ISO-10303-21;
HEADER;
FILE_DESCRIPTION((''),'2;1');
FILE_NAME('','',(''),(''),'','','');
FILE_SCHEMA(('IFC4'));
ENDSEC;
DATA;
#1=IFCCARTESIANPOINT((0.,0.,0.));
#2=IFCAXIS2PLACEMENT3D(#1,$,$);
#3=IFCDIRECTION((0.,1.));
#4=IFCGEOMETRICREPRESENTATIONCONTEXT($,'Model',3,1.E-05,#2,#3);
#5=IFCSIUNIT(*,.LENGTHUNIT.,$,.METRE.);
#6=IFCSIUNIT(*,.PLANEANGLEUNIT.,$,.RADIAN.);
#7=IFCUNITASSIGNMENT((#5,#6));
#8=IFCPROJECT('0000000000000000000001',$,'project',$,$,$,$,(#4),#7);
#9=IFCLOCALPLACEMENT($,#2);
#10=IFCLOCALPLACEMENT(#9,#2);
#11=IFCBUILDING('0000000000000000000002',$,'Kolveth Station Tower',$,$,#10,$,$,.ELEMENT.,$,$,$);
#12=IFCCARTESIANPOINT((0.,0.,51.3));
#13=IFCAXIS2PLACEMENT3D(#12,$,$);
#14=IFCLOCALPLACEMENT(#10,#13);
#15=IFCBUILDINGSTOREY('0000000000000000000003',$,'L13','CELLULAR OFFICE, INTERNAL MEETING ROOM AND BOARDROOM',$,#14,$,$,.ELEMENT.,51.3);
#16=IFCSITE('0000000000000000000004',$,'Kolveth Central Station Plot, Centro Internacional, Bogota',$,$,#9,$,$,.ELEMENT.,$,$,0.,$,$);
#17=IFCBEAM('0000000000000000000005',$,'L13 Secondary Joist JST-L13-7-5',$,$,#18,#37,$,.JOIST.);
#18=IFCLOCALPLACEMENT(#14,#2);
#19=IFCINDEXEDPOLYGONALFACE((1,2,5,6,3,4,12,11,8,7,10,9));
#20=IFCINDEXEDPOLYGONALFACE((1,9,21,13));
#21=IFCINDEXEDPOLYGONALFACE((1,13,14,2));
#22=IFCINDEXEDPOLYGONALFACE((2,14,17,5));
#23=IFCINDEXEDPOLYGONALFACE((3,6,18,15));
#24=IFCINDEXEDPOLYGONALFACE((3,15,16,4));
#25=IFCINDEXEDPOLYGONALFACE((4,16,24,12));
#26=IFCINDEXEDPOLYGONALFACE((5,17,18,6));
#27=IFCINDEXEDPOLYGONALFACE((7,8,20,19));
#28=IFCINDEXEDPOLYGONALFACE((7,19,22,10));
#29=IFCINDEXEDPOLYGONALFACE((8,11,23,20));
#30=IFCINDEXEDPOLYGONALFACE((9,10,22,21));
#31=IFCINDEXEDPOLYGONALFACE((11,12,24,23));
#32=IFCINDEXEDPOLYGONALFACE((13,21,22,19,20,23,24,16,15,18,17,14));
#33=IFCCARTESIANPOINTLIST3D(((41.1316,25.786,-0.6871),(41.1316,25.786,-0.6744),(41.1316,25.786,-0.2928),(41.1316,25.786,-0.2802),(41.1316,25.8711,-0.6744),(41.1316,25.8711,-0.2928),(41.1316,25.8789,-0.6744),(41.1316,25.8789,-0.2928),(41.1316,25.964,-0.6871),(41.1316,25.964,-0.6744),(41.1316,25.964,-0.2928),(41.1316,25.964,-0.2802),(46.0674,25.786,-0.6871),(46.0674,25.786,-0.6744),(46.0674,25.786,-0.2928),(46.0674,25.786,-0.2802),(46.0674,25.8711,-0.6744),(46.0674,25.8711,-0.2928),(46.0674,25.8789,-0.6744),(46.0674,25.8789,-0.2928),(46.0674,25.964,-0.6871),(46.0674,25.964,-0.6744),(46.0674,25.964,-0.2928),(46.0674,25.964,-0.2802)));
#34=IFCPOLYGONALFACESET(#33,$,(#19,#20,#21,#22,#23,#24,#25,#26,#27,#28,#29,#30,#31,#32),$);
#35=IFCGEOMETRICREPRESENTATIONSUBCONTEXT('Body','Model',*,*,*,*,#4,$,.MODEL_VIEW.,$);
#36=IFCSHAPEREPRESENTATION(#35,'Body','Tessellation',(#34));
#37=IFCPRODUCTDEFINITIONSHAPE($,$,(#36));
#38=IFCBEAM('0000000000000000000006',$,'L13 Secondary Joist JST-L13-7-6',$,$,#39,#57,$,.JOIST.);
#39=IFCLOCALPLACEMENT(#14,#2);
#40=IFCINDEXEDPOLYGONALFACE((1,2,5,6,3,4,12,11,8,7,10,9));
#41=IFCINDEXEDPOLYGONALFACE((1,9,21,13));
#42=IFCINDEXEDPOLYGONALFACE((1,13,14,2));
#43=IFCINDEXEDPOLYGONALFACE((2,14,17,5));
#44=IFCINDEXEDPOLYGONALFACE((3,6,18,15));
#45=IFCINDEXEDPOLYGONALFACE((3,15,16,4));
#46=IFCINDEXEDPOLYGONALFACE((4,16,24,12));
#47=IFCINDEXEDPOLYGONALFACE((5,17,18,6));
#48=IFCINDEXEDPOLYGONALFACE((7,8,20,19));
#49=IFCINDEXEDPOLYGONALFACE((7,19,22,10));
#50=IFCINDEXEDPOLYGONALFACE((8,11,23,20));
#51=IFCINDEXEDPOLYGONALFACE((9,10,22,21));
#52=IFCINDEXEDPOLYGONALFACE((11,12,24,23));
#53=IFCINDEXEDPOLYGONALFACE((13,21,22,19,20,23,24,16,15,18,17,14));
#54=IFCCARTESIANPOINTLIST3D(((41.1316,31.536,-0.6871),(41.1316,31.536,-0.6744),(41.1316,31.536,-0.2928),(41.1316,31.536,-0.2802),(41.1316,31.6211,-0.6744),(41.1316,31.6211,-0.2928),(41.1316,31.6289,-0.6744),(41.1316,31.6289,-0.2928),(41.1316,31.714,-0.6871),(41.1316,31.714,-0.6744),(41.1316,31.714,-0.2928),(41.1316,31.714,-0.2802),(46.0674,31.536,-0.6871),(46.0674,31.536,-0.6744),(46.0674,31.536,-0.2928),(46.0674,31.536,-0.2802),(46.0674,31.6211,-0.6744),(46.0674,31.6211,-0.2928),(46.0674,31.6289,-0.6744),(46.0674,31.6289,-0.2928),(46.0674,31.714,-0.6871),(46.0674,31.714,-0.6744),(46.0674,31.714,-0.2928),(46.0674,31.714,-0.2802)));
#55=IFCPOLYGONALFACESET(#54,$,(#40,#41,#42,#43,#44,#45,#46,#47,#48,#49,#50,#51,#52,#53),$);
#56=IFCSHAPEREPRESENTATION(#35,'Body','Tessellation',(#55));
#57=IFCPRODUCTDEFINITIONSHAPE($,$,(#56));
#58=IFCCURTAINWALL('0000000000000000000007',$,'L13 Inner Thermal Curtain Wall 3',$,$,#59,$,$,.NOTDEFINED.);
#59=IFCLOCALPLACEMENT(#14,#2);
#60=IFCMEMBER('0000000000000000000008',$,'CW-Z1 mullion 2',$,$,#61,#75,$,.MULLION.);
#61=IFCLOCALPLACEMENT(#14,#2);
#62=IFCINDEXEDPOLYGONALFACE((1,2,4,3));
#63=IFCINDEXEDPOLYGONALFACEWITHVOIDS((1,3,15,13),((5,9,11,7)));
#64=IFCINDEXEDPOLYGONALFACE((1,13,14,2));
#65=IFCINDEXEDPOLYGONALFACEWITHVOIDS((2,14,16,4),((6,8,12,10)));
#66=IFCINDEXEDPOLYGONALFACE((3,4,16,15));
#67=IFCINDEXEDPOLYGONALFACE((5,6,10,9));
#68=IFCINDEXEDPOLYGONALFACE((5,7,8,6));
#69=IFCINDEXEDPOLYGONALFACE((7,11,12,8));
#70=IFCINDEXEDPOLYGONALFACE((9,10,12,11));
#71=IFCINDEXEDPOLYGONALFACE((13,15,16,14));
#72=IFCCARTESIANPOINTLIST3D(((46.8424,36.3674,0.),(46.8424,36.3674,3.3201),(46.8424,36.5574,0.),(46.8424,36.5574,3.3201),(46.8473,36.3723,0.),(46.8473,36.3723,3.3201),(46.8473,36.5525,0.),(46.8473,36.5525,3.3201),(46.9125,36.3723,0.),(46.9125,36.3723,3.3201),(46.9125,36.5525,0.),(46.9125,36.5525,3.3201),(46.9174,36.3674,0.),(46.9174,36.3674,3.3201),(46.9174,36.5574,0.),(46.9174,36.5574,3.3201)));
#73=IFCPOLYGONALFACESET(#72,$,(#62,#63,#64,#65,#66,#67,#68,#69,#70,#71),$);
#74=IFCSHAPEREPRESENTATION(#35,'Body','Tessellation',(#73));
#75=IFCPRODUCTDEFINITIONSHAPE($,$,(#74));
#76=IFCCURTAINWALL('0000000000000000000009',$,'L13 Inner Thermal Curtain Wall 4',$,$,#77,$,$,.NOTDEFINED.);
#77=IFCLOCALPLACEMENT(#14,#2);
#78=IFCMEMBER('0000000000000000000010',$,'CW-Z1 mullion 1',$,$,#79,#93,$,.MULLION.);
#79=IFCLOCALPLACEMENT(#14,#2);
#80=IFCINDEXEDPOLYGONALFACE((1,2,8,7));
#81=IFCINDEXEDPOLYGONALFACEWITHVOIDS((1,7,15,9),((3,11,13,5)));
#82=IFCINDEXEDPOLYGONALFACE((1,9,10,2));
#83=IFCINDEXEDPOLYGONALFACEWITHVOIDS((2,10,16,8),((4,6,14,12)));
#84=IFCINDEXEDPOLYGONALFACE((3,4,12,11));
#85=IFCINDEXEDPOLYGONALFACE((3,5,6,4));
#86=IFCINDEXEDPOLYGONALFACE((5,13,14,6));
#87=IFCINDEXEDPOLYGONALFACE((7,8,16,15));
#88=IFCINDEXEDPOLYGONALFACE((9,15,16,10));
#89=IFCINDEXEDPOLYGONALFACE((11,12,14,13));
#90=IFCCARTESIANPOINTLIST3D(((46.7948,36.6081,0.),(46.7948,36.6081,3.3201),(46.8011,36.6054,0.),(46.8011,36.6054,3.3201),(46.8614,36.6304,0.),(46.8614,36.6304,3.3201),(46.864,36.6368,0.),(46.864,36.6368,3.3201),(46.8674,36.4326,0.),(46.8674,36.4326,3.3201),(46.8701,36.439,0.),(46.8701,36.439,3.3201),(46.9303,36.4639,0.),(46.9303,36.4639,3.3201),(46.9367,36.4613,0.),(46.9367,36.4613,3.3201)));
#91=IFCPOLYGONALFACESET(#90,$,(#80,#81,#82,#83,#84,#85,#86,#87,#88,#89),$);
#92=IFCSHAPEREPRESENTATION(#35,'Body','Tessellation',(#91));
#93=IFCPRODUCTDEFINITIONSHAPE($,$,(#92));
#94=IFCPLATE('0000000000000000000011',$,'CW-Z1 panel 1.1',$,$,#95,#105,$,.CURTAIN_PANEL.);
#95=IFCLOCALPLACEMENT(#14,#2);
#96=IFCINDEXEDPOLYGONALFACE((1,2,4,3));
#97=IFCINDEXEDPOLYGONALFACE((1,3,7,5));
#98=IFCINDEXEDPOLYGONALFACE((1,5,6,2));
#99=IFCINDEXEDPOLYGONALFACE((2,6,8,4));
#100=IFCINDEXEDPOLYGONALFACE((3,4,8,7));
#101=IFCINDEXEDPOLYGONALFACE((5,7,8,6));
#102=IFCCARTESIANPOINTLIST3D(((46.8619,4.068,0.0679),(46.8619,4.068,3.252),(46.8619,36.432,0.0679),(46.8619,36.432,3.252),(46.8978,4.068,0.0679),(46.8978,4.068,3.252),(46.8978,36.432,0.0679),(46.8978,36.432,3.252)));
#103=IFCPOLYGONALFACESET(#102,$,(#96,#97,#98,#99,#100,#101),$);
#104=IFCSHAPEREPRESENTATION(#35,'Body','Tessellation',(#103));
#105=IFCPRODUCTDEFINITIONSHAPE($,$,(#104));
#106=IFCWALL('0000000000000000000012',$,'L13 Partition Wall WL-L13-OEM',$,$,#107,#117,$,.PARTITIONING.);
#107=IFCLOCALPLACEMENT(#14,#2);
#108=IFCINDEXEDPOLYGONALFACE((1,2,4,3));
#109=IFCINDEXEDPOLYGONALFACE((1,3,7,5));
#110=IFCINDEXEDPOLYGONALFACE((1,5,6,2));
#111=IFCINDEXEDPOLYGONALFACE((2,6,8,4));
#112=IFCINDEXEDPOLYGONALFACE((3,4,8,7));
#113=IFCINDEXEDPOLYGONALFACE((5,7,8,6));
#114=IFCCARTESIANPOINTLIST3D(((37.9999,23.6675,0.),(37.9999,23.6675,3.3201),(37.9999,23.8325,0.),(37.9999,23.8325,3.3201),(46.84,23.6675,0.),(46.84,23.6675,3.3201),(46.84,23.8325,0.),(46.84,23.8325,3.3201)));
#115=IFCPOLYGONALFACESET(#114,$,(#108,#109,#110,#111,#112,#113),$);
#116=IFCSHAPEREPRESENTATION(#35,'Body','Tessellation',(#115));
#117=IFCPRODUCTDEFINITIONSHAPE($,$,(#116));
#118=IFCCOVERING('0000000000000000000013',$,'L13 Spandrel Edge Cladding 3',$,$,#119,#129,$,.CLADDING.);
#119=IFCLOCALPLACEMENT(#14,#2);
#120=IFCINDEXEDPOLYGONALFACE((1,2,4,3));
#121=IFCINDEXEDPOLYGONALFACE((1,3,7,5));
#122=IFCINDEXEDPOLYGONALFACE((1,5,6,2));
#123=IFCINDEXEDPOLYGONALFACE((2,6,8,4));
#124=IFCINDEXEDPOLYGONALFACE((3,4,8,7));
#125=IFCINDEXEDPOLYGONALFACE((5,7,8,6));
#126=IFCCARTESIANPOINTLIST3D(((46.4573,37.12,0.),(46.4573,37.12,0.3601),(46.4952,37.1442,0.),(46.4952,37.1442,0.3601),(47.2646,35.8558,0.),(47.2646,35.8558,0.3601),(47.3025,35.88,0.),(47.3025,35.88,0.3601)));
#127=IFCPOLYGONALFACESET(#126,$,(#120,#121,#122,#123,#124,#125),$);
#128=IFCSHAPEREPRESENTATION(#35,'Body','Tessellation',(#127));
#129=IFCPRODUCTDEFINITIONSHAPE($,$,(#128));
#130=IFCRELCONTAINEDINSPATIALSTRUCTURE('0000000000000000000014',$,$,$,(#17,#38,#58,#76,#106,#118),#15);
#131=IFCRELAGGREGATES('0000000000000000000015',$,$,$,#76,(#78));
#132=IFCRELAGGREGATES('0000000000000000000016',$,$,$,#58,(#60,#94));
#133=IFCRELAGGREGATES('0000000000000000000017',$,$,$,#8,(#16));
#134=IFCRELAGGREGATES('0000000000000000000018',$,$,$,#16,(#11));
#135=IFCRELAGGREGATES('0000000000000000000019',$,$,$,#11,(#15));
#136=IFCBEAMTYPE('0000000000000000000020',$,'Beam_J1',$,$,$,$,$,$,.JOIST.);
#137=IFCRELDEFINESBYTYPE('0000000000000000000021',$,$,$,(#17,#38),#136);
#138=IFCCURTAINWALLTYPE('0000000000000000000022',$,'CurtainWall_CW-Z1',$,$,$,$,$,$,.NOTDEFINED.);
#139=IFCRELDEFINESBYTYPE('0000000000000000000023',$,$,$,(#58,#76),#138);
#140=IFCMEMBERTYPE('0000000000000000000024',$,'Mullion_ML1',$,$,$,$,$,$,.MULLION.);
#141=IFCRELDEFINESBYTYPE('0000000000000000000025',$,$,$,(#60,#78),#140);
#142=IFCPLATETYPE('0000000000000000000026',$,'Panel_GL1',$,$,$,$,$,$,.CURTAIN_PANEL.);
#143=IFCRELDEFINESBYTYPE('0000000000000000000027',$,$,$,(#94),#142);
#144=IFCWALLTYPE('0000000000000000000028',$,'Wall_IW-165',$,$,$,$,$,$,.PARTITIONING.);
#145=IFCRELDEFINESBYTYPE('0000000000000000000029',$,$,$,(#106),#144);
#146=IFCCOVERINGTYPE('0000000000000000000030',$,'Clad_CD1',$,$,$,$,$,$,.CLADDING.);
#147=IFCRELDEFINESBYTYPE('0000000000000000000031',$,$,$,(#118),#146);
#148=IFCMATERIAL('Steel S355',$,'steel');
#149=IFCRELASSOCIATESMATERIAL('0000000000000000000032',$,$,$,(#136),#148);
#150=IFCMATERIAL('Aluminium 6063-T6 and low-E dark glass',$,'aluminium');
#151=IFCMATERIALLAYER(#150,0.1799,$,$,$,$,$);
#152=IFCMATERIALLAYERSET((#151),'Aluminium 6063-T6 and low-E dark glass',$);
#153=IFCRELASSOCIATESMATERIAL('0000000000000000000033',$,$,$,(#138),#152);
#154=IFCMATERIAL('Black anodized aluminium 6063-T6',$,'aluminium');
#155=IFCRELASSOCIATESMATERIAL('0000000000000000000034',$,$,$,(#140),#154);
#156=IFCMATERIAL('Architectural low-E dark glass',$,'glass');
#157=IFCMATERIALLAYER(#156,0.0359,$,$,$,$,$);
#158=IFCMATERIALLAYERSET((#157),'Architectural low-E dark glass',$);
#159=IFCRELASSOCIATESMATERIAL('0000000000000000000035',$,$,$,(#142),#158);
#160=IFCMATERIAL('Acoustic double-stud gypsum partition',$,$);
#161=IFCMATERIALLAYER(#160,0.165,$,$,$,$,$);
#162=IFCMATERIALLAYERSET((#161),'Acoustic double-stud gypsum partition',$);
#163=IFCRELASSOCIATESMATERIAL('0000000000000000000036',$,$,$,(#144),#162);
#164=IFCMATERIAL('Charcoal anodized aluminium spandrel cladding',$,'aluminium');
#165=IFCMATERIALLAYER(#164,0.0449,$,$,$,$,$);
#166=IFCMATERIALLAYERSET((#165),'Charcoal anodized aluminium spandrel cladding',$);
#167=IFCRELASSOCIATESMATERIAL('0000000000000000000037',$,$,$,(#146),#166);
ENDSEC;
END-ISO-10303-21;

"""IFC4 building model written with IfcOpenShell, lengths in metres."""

from ifc_helpers import new_model, si_unit, direction, frame, frame_2d, origin, origin_2d, place, context, subcontext, project, spatial, rectangle, hollow_rectangle, i_section, extrude, source, transform, mapped, material, layer, layer_set, material_profile, profile_set, type_object, element, aggregate, save


model = new_model("IFC4")

# Units and contexts
model_context = context("Model", 3, precision=1e-05, world=origin(), true_north=direction((0.0, 1.0)))
body_context = subcontext(model_context, "Body", "Model", "MODEL_VIEW")
ifc_project = project(units=[si_unit("LENGTHUNIT", "METRE"), si_unit("PLANEANGLEUNIT", "RADIAN")], contexts=[model_context])

# Site, building, storey
site_placement = place(None, origin())
site = spatial("IfcSite", under=ifc_project, at=site_placement, Name="Kolveth Central Station Plot, Centro Internacional, Bogota", CompositionType="ELEMENT", RefElevation=0.0)
building_placement = place(site_placement, origin())
building = spatial("IfcBuilding", under=site, at=building_placement, Name="Kolveth Station Tower", CompositionType="ELEMENT")
storey_placement = place(building_placement, frame((0.0, 0.0, 51.3)))
storey = spatial("IfcBuildingStorey", under=building, at=storey_placement, Name="L13", Description="CELLULAR OFFICE, INTERNAL MEETING ROOM AND BOARDROOM", CompositionType="ELEMENT", Elevation=51.3)

# Shared definitions
ifc_material_1 = material(Name="Steel S355", Category="steel")

# Beams
ifc_material_profile_1 = material_profile(ifc_material_1, i_section(OverallWidth=0.178, OverallDepth=0.407, WebThickness=0.0078, FlangeThickness=0.0127, at=origin_2d()), Name="W410x60")
ifc_profile_set_1 = profile_set([ifc_material_profile_1], Name="Steel S355")
beam_type_1 = type_object("IfcBeamType", Name="Beam_J1", PredefinedType="JOIST", material=ifc_profile_set_1)
shared_shape_1 = source(origin(), body_context, "Body", "SweptSolid", [
    extrude(i_section(OverallWidth=0.178, OverallDepth=0.407, WebThickness=0.0078, FlangeThickness=0.0127, at=origin_2d()), origin(), (0.0, 0.0, 1.0), 4.9358),
])
for number, where, z_axis, x_axis, name in (
    (1, (41.1316, 25.875, -0.4836), (1.0, 0.0, 0.0), (0.0, 1.0, 0.0), "L13 Secondary Joist JST-L13-7-5"),
    (2, (41.1316, 31.625, -0.4836), (1.0, 0.0, 0.0), (0.0, 1.0, 0.0), "L13 Secondary Joist JST-L13-7-6"),
):
    element("IfcBeam", number, at=place(storey_placement, frame(where, z_axis=z_axis, x_axis=x_axis)), inside=storey, type_object=beam_type_1, Name=name, PredefinedType="JOIST", context=body_context, shape_type="MappedRepresentation", body=[
        mapped(shared_shape_1, transform((0.0, 0.0, 0.0), x_axis=(1.0, 0.0, 0.0), y_axis=(0.0, 1.0, 0.0), z_axis=(0.0, 0.0, 1.0), scale=1.0)),
    ])

# Curtain walls, members
ifc_material_2 = material(Name="Aluminium 6063-T6 and low-E dark glass", Category="aluminium")
ifc_layer_1 = layer(ifc_material_2, 0.1799)
ifc_layer_set_1 = layer_set([ifc_layer_1], Name="Aluminium 6063-T6 and low-E dark glass")
curtain_wall_type = type_object("IfcCurtainWallType", Name="CurtainWall_CW-Z1", PredefinedType="NOTDEFINED", material=ifc_layer_set_1)
curtain_wall_1_placement = place(storey_placement, origin())
curtain_wall_1 = element("IfcCurtainWall", 3, at=curtain_wall_1_placement, inside=storey, type_object=curtain_wall_type, Name="L13 Inner Thermal Curtain Wall 3", PredefinedType="NOTDEFINED")
ifc_material_3 = material(Name="Black anodized aluminium 6063-T6", Category="aluminium")
ifc_material_profile_2 = material_profile(ifc_material_3, hollow_rectangle(XDim=0.075, YDim=0.1899, WallThickness=0.0049, at=origin_2d()), Name="ALU-75x190x5")
ifc_profile_set_2 = profile_set([ifc_material_profile_2], Name="Black anodized aluminium 6063-T6")
member_type = type_object("IfcMemberType", Name="Mullion_ML1", PredefinedType="MULLION", material=ifc_profile_set_2)
shared_shape_2 = source(origin(), body_context, "Body", "SweptSolid", [
    extrude(hollow_rectangle(XDim=0.075, YDim=0.1899, WallThickness=0.0049, at=origin_2d()), origin(), (0.0, 0.0, 1.0), 3.3201),
])
member_1_placement = place(storey_placement, frame((46.8799, 36.4624, 0.0), z_axis=(0.0, 0.0, 1.0), x_axis=(-1.0, 0.0, 0.0)))
member_1 = element("IfcMember", 4, at=member_1_placement, type_object=member_type, Name="CW-Z1 mullion 2", PredefinedType="MULLION", context=body_context, shape_type="MappedRepresentation", body=[
    mapped(shared_shape_2, transform((0.0, 0.0, 0.0), x_axis=(1.0, 0.0, 0.0), y_axis=(0.0, 1.0, 0.0), z_axis=(0.0, 0.0, 1.0), scale=1.0)),
])
curtain_wall_2_placement = place(storey_placement, origin())
curtain_wall_2 = element("IfcCurtainWall", 5, at=curtain_wall_2_placement, inside=storey, type_object=curtain_wall_type, Name="L13 Inner Thermal Curtain Wall 4", PredefinedType="NOTDEFINED")
member_2_placement = place(storey_placement, frame((46.8657, 36.5347, 0.0), z_axis=(0.0, 0.0, 1.0), x_axis=(-0.923884, -0.382673, 0.0)))
member_2 = element("IfcMember", 6, at=member_2_placement, type_object=member_type, Name="CW-Z1 mullion 1", PredefinedType="MULLION", context=body_context, shape_type="MappedRepresentation", body=[
    mapped(shared_shape_2, transform((0.0, 0.0, 0.0), x_axis=(1.0, 0.0, 0.0), y_axis=(0.0, 1.0, 0.0), z_axis=(0.0, 0.0, 1.0), scale=1.0)),
])
aggregate(curtain_wall_2, [member_2])

# Plate
ifc_material_4 = material(Name="Architectural low-E dark glass", Category="glass")
ifc_layer_2 = layer(ifc_material_4, 0.0359)
ifc_layer_set_2 = layer_set([ifc_layer_2], Name="Architectural low-E dark glass")
plate_type = type_object("IfcPlateType", Name="Panel_GL1", PredefinedType="CURTAIN_PANEL", material=ifc_layer_set_2)
shared_shape_3 = source(origin(), body_context, "Body", "SweptSolid", [
    extrude(rectangle(XDim=32.364, YDim=0.0359, at=origin_2d()), origin(), (0.0, 0.0, 1.0), 3.1841),
])
plate_placement = place(storey_placement, frame((46.8799, 20.25, 0.0679), z_axis=(0.0, 0.0, 1.0), x_axis=(0.0, 1.0, 0.0)))
plate = element("IfcPlate", 7, at=plate_placement, type_object=plate_type, Name="CW-Z1 panel 1.1", PredefinedType="CURTAIN_PANEL", context=body_context, shape_type="MappedRepresentation", body=[
    mapped(shared_shape_3, transform((0.0, 0.0, 0.0), x_axis=(1.0, 0.0, 0.0), y_axis=(0.0, 1.0, 0.0), z_axis=(0.0, 0.0, 1.0), scale=1.0)),
])
aggregate(curtain_wall_1, [member_1, plate])

# Wall
ifc_material_5 = material(Name="Acoustic double-stud gypsum partition")
ifc_layer_3 = layer(ifc_material_5, 0.165)
ifc_layer_set_3 = layer_set([ifc_layer_3], Name="Acoustic double-stud gypsum partition")
wall_type = type_object("IfcWallType", Name="Wall_IW-165", PredefinedType="PARTITIONING", material=ifc_layer_set_3)
wall_placement = place(storey_placement, frame((38.0, 23.75, 0.0), z_axis=(0.0, 0.0, 1.0), x_axis=(1.0, 0.0, 0.0)))
element("IfcWall", 8, at=wall_placement, inside=storey, type_object=wall_type, Name="L13 Partition Wall WL-L13-OEM", PredefinedType="PARTITIONING", context=body_context, shape_type="SweptSolid", body=[
    extrude(rectangle(XDim=8.8401, YDim=0.165, at=frame_2d((4.4199, 0.0))), origin(), (0.0, 0.0, 1.0), 3.3201),
])

# Covering
ifc_material_6 = material(Name="Charcoal anodized aluminium spandrel cladding", Category="aluminium")
ifc_layer_4 = layer(ifc_material_6, 0.0449)
ifc_layer_set_4 = layer_set([ifc_layer_4], Name="Charcoal anodized aluminium spandrel cladding")
covering_type = type_object("IfcCoveringType", Name="Clad_CD1", PredefinedType="CLADDING", material=ifc_layer_set_4)
shared_shape_4 = source(origin(), body_context, "Body", "SweptSolid", [
    extrude(rectangle(XDim=1.5, YDim=0.0449, at=origin_2d()), origin(), (0.0, 0.0, 1.0), 0.3601),
])
covering_placement = place(storey_placement, frame((46.8799, 36.5, 0.0), z_axis=(0.0, 0.0, 1.0), x_axis=(-0.538183, 0.842828, 0.0)))
element("IfcCovering", 9, at=covering_placement, inside=storey, type_object=covering_type, Name="L13 Spandrel Edge Cladding 3", PredefinedType="CLADDING", context=body_context, shape_type="MappedRepresentation", body=[
    mapped(shared_shape_4, transform((0.0, 0.0, 0.0), x_axis=(1.0, 0.0, 0.0), y_axis=(0.0, 1.0, 0.0), z_axis=(0.0, 0.0, 1.0), scale=1.0)),
])

save(model, "model.ifc")
